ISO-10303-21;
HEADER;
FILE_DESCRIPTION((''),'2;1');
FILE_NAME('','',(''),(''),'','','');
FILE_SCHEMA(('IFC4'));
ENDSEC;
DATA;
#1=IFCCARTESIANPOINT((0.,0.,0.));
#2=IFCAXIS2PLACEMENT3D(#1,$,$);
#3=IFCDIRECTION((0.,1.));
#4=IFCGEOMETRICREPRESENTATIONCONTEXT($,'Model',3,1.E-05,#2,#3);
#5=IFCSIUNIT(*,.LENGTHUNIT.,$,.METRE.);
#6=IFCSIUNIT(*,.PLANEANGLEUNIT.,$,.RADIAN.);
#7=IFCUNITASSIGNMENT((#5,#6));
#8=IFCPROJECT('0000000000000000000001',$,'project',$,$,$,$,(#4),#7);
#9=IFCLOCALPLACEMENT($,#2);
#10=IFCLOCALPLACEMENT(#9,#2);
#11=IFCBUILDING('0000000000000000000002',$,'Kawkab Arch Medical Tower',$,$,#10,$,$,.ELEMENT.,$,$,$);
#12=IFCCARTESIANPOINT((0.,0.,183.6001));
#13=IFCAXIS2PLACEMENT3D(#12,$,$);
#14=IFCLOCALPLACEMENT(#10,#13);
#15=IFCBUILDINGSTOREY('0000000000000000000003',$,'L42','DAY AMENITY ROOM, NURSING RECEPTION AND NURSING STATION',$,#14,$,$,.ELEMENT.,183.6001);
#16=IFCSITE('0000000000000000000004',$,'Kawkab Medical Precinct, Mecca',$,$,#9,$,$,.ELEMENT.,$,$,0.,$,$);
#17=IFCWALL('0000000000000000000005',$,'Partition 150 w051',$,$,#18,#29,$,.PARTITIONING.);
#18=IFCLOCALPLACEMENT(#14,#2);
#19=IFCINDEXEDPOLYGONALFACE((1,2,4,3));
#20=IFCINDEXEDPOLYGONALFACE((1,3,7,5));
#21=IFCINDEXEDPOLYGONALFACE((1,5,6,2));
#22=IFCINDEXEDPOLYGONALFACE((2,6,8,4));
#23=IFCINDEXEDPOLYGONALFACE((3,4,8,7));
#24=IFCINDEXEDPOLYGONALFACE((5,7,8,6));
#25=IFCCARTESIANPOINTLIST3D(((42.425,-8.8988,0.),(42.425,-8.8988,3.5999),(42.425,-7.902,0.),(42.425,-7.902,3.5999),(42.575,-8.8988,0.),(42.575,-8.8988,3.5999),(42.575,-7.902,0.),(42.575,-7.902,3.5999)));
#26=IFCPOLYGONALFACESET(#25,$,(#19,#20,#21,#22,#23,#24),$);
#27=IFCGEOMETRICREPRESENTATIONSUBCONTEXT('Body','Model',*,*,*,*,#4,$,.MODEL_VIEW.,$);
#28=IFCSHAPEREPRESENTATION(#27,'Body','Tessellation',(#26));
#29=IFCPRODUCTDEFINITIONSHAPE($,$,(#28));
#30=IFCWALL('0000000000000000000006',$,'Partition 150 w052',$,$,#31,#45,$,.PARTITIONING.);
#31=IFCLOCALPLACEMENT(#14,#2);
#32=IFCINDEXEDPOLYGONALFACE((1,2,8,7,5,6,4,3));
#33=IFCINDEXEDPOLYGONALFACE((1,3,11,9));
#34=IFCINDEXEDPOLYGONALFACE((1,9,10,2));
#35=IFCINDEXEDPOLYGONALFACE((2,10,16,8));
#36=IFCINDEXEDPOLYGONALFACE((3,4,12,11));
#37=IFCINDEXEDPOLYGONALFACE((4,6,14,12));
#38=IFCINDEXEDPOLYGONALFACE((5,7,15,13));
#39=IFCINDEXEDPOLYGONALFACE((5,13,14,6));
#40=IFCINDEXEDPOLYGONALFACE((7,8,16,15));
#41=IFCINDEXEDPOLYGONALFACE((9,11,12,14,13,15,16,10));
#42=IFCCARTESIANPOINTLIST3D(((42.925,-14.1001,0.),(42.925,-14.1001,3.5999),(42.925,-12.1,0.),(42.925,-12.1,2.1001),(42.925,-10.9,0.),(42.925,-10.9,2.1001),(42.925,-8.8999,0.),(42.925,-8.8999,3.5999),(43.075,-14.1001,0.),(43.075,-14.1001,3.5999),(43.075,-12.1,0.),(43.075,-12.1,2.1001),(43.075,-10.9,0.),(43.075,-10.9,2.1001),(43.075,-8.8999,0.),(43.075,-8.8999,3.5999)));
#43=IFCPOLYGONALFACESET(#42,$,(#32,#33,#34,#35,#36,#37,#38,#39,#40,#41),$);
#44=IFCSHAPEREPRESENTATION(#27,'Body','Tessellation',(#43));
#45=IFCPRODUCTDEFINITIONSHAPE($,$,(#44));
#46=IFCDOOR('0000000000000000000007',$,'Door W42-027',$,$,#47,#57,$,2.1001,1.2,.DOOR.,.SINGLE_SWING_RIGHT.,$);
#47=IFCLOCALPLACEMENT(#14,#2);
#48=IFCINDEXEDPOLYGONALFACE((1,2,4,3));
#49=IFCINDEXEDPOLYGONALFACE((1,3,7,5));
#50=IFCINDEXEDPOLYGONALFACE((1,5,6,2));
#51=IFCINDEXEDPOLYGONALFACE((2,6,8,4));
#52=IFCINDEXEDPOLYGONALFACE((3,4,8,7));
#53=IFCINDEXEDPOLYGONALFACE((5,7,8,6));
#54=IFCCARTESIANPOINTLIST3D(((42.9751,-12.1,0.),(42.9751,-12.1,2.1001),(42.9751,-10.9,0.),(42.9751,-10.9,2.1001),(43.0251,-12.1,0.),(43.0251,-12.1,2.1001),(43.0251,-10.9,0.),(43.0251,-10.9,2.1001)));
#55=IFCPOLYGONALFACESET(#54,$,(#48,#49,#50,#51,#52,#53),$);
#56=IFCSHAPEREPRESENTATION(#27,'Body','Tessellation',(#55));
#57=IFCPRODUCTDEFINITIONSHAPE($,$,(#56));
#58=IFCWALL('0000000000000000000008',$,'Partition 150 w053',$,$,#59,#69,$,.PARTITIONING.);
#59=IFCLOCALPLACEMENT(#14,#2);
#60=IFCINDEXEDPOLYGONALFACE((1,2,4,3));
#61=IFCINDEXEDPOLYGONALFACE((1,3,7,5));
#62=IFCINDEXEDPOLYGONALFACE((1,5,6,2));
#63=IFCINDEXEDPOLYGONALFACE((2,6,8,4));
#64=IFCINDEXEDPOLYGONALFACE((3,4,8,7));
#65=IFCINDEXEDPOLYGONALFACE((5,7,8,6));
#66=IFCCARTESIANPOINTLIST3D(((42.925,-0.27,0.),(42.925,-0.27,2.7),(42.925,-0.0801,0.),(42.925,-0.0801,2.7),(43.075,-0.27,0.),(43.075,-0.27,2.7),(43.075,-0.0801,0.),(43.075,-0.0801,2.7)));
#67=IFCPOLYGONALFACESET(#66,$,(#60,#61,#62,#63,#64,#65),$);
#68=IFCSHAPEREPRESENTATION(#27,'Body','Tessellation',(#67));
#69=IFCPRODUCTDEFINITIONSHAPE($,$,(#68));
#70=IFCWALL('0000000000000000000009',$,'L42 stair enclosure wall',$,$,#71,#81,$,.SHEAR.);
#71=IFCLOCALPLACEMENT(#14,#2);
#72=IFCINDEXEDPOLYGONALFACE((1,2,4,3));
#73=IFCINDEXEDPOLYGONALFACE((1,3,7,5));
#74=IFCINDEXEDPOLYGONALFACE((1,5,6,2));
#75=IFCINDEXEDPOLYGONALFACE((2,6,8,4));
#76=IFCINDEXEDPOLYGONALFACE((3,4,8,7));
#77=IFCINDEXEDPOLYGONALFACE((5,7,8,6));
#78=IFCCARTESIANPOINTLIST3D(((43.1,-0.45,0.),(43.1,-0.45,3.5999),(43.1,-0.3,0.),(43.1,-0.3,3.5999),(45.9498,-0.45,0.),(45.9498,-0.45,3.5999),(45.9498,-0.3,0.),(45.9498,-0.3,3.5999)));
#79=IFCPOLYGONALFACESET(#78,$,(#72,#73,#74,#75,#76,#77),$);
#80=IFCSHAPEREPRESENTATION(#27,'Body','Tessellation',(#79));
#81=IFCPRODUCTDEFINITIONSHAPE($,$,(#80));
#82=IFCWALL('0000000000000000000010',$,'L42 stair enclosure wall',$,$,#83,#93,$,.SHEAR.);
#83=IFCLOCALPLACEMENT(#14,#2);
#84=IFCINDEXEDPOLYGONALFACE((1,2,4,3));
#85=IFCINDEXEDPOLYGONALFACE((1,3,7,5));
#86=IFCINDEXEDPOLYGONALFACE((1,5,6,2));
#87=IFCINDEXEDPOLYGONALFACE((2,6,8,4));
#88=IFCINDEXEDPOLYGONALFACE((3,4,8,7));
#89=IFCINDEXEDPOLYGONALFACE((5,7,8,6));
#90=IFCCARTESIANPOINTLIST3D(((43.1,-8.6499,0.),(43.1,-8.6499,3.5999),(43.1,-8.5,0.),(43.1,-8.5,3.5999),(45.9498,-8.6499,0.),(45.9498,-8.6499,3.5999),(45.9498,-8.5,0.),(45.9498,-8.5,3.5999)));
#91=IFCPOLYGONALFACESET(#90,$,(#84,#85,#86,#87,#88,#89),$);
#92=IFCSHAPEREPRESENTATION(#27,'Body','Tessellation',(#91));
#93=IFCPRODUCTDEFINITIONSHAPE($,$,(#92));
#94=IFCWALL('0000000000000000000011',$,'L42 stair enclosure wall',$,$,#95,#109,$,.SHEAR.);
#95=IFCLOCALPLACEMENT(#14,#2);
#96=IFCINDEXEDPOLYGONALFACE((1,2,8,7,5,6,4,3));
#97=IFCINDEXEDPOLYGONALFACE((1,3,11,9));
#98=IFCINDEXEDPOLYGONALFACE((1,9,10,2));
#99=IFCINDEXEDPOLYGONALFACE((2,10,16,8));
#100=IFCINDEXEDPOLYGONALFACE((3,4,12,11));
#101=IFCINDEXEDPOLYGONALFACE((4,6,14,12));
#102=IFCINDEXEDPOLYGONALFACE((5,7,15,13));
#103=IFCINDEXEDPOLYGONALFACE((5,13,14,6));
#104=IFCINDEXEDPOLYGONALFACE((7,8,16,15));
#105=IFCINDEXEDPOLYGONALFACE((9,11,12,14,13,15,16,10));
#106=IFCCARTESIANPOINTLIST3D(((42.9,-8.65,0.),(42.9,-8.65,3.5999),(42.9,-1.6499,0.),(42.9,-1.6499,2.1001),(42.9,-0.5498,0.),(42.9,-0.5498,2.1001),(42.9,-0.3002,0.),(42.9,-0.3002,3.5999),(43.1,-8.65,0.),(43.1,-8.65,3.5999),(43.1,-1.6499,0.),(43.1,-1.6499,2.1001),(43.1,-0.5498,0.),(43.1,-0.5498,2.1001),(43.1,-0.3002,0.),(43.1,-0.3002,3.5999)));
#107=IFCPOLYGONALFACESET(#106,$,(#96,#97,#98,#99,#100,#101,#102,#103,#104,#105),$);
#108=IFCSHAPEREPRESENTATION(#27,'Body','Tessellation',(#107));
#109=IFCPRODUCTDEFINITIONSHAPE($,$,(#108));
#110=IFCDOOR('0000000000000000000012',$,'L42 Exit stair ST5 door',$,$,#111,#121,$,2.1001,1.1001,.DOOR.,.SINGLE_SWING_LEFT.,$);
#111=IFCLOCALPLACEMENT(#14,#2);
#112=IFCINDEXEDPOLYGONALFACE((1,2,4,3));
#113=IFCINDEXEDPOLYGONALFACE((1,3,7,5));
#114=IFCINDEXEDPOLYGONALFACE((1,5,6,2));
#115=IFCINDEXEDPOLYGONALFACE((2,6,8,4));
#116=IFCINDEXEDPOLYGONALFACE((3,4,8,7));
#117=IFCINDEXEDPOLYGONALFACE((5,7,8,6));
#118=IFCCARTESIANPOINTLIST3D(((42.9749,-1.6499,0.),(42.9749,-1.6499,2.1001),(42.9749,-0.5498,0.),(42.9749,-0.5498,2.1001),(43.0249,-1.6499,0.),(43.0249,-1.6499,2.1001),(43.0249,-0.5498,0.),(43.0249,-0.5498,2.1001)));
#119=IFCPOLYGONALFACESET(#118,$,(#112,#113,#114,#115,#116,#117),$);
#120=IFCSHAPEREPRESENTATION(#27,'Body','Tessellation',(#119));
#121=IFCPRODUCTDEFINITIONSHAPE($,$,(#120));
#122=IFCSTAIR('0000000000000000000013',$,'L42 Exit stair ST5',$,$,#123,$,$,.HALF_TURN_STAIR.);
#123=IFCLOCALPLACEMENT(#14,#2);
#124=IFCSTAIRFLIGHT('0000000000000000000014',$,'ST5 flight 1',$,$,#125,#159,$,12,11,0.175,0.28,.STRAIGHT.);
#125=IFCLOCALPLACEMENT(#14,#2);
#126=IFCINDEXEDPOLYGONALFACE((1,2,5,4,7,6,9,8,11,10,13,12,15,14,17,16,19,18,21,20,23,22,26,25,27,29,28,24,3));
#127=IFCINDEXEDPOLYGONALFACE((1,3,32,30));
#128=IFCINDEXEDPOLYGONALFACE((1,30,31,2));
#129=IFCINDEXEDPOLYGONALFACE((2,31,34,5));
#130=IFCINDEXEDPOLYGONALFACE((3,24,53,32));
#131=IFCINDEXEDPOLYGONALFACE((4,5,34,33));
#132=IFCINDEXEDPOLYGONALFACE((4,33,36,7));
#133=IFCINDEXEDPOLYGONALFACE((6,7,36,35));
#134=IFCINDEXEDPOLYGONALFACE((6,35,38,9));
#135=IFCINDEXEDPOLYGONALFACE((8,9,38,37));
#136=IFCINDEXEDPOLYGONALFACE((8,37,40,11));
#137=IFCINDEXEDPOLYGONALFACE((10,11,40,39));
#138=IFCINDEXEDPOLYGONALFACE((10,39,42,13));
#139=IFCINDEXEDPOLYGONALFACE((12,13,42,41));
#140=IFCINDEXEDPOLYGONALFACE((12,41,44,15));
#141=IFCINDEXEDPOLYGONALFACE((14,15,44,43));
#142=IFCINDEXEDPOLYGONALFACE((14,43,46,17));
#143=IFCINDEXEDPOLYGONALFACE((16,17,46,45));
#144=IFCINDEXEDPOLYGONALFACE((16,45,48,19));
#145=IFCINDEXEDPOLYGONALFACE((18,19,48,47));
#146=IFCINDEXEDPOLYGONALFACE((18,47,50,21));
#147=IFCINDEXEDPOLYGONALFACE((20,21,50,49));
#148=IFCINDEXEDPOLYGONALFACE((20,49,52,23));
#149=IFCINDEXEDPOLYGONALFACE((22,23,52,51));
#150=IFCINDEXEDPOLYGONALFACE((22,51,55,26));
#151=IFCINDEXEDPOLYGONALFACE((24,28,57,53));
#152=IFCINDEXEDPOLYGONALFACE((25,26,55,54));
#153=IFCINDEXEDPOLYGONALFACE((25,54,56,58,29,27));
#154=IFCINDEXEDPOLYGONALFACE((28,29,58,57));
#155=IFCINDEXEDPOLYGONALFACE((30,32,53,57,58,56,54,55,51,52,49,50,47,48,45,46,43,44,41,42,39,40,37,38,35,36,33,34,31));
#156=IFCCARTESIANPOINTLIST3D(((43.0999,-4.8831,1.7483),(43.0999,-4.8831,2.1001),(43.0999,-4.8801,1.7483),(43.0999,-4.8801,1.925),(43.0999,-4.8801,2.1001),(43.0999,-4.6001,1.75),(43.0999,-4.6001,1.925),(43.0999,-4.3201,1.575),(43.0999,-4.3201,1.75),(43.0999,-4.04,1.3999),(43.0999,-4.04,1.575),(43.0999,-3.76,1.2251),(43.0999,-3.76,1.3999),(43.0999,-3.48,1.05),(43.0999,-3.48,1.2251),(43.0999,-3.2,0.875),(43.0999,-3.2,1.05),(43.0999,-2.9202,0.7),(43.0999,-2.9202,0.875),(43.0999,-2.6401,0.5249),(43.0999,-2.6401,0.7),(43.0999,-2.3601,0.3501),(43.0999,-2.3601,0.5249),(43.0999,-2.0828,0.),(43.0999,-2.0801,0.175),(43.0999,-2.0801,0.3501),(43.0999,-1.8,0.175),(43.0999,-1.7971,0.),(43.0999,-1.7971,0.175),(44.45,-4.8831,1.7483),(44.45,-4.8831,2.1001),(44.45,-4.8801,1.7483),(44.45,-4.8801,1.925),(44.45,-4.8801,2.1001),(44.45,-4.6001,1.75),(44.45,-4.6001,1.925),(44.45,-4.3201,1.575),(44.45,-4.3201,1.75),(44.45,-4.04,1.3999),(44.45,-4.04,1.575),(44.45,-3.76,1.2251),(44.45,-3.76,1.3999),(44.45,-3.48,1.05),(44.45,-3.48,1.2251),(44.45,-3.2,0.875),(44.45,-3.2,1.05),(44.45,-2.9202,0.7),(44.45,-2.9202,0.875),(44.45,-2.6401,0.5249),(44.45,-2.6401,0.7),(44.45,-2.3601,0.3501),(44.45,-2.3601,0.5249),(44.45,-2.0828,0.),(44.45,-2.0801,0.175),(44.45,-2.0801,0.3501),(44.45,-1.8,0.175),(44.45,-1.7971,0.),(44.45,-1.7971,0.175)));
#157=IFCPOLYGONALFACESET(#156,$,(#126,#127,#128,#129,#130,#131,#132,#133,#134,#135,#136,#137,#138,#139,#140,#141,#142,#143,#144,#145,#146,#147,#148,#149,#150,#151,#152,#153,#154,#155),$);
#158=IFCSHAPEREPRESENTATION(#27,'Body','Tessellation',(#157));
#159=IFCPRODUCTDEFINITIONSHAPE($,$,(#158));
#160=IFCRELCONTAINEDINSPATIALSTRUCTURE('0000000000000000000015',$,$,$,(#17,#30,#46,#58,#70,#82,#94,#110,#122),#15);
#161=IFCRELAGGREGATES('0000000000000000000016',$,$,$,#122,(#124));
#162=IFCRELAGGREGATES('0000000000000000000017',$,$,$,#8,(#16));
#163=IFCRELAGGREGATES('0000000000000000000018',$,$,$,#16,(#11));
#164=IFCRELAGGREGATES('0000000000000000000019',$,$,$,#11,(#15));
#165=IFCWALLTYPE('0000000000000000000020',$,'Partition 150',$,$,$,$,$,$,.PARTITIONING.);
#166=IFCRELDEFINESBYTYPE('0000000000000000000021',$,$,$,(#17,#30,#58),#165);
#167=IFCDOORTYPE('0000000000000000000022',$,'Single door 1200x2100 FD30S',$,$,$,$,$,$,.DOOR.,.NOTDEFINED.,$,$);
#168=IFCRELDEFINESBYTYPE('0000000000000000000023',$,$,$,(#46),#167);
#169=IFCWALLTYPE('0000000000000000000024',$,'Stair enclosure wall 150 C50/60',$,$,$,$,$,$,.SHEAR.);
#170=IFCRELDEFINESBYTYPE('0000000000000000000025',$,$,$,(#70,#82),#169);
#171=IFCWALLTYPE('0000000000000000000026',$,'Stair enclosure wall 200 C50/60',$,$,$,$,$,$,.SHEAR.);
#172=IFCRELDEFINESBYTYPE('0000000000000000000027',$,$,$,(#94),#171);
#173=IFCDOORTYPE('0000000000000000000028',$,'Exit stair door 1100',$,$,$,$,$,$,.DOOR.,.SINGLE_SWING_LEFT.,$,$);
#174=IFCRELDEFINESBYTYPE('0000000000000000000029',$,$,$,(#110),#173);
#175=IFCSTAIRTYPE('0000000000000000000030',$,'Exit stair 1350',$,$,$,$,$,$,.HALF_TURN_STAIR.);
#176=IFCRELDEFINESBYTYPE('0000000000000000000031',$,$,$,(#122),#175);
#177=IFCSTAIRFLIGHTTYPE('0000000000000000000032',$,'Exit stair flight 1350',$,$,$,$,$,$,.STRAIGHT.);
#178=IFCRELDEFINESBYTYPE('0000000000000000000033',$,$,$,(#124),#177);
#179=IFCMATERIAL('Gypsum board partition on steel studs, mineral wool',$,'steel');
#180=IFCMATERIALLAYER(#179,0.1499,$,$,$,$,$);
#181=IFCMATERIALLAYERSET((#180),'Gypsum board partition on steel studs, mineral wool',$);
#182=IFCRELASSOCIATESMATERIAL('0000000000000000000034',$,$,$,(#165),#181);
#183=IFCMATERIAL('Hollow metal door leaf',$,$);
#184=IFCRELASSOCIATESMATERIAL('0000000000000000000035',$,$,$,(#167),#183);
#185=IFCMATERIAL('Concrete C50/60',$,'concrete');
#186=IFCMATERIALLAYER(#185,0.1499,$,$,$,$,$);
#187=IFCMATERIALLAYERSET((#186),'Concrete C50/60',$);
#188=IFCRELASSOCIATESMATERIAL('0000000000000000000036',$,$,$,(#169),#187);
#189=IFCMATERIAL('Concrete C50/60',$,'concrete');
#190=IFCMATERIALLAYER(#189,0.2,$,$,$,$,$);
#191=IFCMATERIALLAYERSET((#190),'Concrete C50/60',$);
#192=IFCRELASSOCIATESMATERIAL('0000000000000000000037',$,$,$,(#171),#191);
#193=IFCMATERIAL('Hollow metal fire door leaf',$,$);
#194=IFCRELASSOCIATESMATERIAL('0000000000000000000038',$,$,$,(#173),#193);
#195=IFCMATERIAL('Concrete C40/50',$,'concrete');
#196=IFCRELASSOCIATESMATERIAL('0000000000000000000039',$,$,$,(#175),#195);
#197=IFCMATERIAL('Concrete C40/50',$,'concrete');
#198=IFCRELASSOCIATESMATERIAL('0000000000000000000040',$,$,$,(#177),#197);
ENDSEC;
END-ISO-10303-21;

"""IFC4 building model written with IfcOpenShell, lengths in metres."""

from ifc_helpers import new_model, si_unit, direction, frame, frame_2d, origin, place, context, subcontext, project, spatial, polyline, rectangle, outline, extrude, material, layer, layer_set, type_object, element, fill, aggregate, save


model = new_model("IFC4")

# Units and contexts
model_context = context("Model", 3, precision=1e-05, world=origin(), true_north=direction((0.0, 1.0)))
body_context = subcontext(model_context, "Body", "Model", "MODEL_VIEW")
ifc_project = project(units=[si_unit("LENGTHUNIT", "METRE"), si_unit("PLANEANGLEUNIT", "RADIAN")], contexts=[model_context])

# Site, building, storey
site_placement = place(None, origin())
site = spatial("IfcSite", under=ifc_project, at=site_placement, Name="Kawkab Medical Precinct, Mecca", CompositionType="ELEMENT", RefElevation=0.0)
building_placement = place(site_placement, origin())
building = spatial("IfcBuilding", under=site, at=building_placement, Name="Kawkab Arch Medical Tower", CompositionType="ELEMENT")
storey_placement = place(building_placement, frame((0.0, 0.0, 183.6001)))
storey = spatial("IfcBuildingStorey", under=building, at=storey_placement, Name="L42", Description="DAY AMENITY ROOM, NURSING RECEPTION AND NURSING STATION", CompositionType="ELEMENT", Elevation=183.6001)

# Shared definitions
placement = place(storey_placement, origin())

# Wall
ifc_material_1 = material(Name="Gypsum board partition on steel studs, mineral wool", Category="steel")
ifc_layer_1 = layer(ifc_material_1, 0.1499)
ifc_layer_set_1 = layer_set([ifc_layer_1], Name="Gypsum board partition on steel studs, mineral wool")
wall_type_1 = type_object("IfcWallType", Name="Partition 150", PredefinedType="PARTITIONING", material=ifc_layer_set_1)
wall_1_placement = place(storey_placement, frame((42.5, -8.8989, 0.0), z_axis=(0.0, 0.0, 1.0), x_axis=(0.0, 1.0, 0.0)))
element("IfcWall", 1, at=wall_1_placement, inside=storey, type_object=wall_type_1, Name="Partition 150 w051", PredefinedType="PARTITIONING", context=body_context, shape_type="SweptSolid", body=[
    extrude(rectangle(XDim=0.9968, YDim=0.1499, at=frame_2d((0.4985, 0.0))), origin(), (0.0, 0.0, 1.0), 3.5999),
])

# Wall, opening, door
wall_2_placement = place(storey_placement, frame((43.0, -14.1001, 0.0), z_axis=(0.0, 0.0, 1.0), x_axis=(0.0, 1.0, 0.0)))
wall_2 = element("IfcWall", 2, at=wall_2_placement, inside=storey, type_object=wall_type_1, Name="Partition 150 w052", PredefinedType="PARTITIONING", context=body_context, shape_type="SweptSolid", body=[
    extrude(rectangle(XDim=5.2002, YDim=0.1499, at=frame_2d((2.6001, 0.0))), origin(), (0.0, 0.0, 1.0), 3.5999),
])
opening_1_placement = place(wall_2_placement, frame((2.0, 0.0, 0.0)))
opening_1 = element("IfcOpeningElement", 3, at=opening_1_placement, cuts=wall_2, PredefinedType="OPENING", context=body_context, shape_type="SweptSolid", body=[
    extrude(rectangle(XDim=1.2, YDim=2.1001, at=frame_2d((0.6001, 1.05))), frame((0.0, 0.085, 0.0), z_axis=(0.0, -1.0, 0.0), x_axis=(1.0, 0.0, 0.0)), (0.0, 0.0, 1.0), 0.1699),
])
ifc_material_2 = material(Name="Hollow metal door leaf")
door_type_1 = type_object("IfcDoorType", Name="Single door 1200x2100 FD30S", OperationType="NOTDEFINED", PredefinedType="DOOR", material=ifc_material_2)
door_1_placement = place(opening_1_placement, origin())
door_1 = element("IfcDoor", 4, at=door_1_placement, inside=storey, type_object=door_type_1, Name="Door W42-027", OperationType="SINGLE_SWING_RIGHT", OverallHeight=2.1001, OverallWidth=1.2, PredefinedType="DOOR", context=body_context, shape_type="SweptSolid", body=[
    extrude(rectangle(XDim=1.2, YDim=2.1001, at=frame_2d((0.6001, 1.05))), frame((0.0, 0.0249, 0.0), z_axis=(0.0, -1.0, 0.0), x_axis=(1.0, 0.0, 0.0)), (0.0, 0.0, 1.0), 0.05),
])
fill(opening_1, door_1)

# Walls
wall_3_placement = place(storey_placement, frame((43.0, -0.27, 0.0), z_axis=(0.0, 0.0, 1.0), x_axis=(0.0, 1.0, 0.0)))
element("IfcWall", 5, at=wall_3_placement, inside=storey, type_object=wall_type_1, Name="Partition 150 w053", PredefinedType="PARTITIONING", context=body_context, shape_type="SweptSolid", body=[
    extrude(rectangle(XDim=0.1899, YDim=0.1499, at=frame_2d((0.095, 0.0))), origin(), (0.0, 0.0, 1.0), 2.7),
])
ifc_material_3 = material(Name="Concrete C50/60", Category="concrete")
ifc_layer_2 = layer(ifc_material_3, 0.1499)
ifc_layer_set_2 = layer_set([ifc_layer_2], Name="Concrete C50/60")
wall_type_2 = type_object("IfcWallType", Name="Stair enclosure wall 150 C50/60", PredefinedType="SHEAR", material=ifc_layer_set_2)
for number, where, z_axis, x_axis, name in (
    (6, (43.1001, -0.375, 0.0), (0.0, 0.0, 1.0), (1.0, 0.0, 0.0), "L42 stair enclosure wall"),
    (7, (43.1001, -8.575, 0.0), (0.0, 0.0, 1.0), (1.0, 0.0, 0.0), "L42 stair enclosure wall"),
):
    element("IfcWall", number, at=place(storey_placement, frame(where, z_axis=z_axis, x_axis=x_axis)), inside=storey, type_object=wall_type_2, Name=name, PredefinedType="SHEAR", context=body_context, shape_type="SweptSolid", body=[
        extrude(rectangle(XDim=2.8499, YDim=0.1499, at=frame_2d((1.4248, 0.0))), origin(), (0.0, 0.0, 1.0), 3.5999),
    ])

# Wall, opening, door
ifc_material_4 = material(Name="Concrete C50/60", Category="concrete")
ifc_layer_3 = layer(ifc_material_4, 0.2)
ifc_layer_set_3 = layer_set([ifc_layer_3], Name="Concrete C50/60")
wall_type_3 = type_object("IfcWallType", Name="Stair enclosure wall 200 C50/60", PredefinedType="SHEAR", material=ifc_layer_set_3)
wall_4_placement = place(storey_placement, frame((43.0, -8.6499, 0.0), z_axis=(0.0, 0.0, 1.0), x_axis=(0.0, 1.0, 0.0)))
wall_4 = element("IfcWall", 8, at=wall_4_placement, inside=storey, type_object=wall_type_3, Name="L42 stair enclosure wall", PredefinedType="SHEAR", context=body_context, shape_type="SweptSolid", body=[
    extrude(rectangle(XDim=8.3499, YDim=0.2, at=frame_2d((4.1748, 0.0))), origin(), (0.0, 0.0, 1.0), 3.5999),
])
opening_2_placement = place(wall_4_placement, frame((7.0, 0.0, 0.0)))
opening_2 = element("IfcOpeningElement", 9, at=opening_2_placement, cuts=wall_4, PredefinedType="OPENING", context=body_context, shape_type="SweptSolid", body=[
    extrude(rectangle(XDim=1.1001, YDim=2.1001, at=frame_2d((0.55, 1.05))), frame((0.0, 0.1099, 0.0), z_axis=(0.0, -1.0, 0.0), x_axis=(1.0, 0.0, 0.0)), (0.0, 0.0, 1.0), 0.22),
])
ifc_material_5 = material(Name="Hollow metal fire door leaf")
door_type_2 = type_object("IfcDoorType", Name="Exit stair door 1100", OperationType="SINGLE_SWING_LEFT", PredefinedType="DOOR", material=ifc_material_5)
door_2_placement = place(opening_2_placement, frame((1.1001, 0.0, 0.0), z_axis=(0.0, 0.0, 1.0), x_axis=(-1.0, 0.0, 0.0)))
door_2 = element("IfcDoor", 10, at=door_2_placement, inside=storey, type_object=door_type_2, Name="L42 Exit stair ST5 door", OperationType="SINGLE_SWING_LEFT", OverallHeight=2.1001, OverallWidth=1.1001, PredefinedType="DOOR", context=body_context, shape_type="SweptSolid", body=[
    extrude(rectangle(XDim=1.1001, YDim=2.1001, at=frame_2d((0.55, 1.05))), frame((0.0, 0.0249, 0.0), z_axis=(0.0, -1.0, 0.0), x_axis=(1.0, 0.0, 0.0)), (0.0, 0.0, 1.0), 0.05),
])
fill(opening_2, door_2)

# Stair, stair flight
ifc_material_6 = material(Name="Concrete C40/50", Category="concrete")
stair_type = type_object("IfcStairType", Name="Exit stair 1350", PredefinedType="HALF_TURN_STAIR", material=ifc_material_6)
stair = element("IfcStair", 11, at=placement, inside=storey, type_object=stair_type, Name="L42 Exit stair ST5", PredefinedType="HALF_TURN_STAIR")
ifc_material_7 = material(Name="Concrete C40/50", Category="concrete")
stair_flight_type = type_object("IfcStairFlightType", Name="Exit stair flight 1350", PredefinedType="STRAIGHT", material=ifc_material_7)
stair_flight_placement = place(storey_placement, frame((43.7749, -1.8, 0.0), z_axis=(0.0, 0.0, 1.0), x_axis=(0.0, -1.0, 0.0)))
stair_flight = element("IfcStairFlight", 12, at=stair_flight_placement, type_object=stair_flight_type, Name="ST5 flight 1", NumberOfRisers=12, NumberOfTreads=11, PredefinedType="STRAIGHT", RiserHeight=0.175, TreadLength=0.28, context=body_context, shape_type="SweptSolid", body=[
    extrude(outline(polyline([(-0.0029, 0.0), (-0.0029, 0.175), (0.0, 0.175), (0.28, 0.175), (0.28, 0.3501), (0.5601, 0.3501), (0.5601, 0.5249), (0.8401, 0.5249), (0.8401, 0.7), (1.1201, 0.7), (1.1201, 0.875), (1.3999, 0.875), (1.3999, 1.05), (1.6799, 1.05), (1.6799, 1.2251), (1.96, 1.2251), (1.96, 1.3999), (2.24, 1.3999), (2.24, 1.575), (2.52, 1.575), (2.52, 1.75), (2.8, 1.75), (2.8, 1.925), (3.0801, 1.925), (3.0801, 2.1001), (3.083, 2.1001), (3.083, 1.7483), (3.0801, 1.7483), (0.2827, 0.0), (-0.0029, 0.0)])), frame((0.0, 0.675, 0.0), z_axis=(0.0, -1.0, 0.0), x_axis=(1.0, 0.0, 0.0)), (0.0, 0.0, 1.0), 1.3501),
])
aggregate(stair, [stair_flight])

save(model, "model.ifc")
